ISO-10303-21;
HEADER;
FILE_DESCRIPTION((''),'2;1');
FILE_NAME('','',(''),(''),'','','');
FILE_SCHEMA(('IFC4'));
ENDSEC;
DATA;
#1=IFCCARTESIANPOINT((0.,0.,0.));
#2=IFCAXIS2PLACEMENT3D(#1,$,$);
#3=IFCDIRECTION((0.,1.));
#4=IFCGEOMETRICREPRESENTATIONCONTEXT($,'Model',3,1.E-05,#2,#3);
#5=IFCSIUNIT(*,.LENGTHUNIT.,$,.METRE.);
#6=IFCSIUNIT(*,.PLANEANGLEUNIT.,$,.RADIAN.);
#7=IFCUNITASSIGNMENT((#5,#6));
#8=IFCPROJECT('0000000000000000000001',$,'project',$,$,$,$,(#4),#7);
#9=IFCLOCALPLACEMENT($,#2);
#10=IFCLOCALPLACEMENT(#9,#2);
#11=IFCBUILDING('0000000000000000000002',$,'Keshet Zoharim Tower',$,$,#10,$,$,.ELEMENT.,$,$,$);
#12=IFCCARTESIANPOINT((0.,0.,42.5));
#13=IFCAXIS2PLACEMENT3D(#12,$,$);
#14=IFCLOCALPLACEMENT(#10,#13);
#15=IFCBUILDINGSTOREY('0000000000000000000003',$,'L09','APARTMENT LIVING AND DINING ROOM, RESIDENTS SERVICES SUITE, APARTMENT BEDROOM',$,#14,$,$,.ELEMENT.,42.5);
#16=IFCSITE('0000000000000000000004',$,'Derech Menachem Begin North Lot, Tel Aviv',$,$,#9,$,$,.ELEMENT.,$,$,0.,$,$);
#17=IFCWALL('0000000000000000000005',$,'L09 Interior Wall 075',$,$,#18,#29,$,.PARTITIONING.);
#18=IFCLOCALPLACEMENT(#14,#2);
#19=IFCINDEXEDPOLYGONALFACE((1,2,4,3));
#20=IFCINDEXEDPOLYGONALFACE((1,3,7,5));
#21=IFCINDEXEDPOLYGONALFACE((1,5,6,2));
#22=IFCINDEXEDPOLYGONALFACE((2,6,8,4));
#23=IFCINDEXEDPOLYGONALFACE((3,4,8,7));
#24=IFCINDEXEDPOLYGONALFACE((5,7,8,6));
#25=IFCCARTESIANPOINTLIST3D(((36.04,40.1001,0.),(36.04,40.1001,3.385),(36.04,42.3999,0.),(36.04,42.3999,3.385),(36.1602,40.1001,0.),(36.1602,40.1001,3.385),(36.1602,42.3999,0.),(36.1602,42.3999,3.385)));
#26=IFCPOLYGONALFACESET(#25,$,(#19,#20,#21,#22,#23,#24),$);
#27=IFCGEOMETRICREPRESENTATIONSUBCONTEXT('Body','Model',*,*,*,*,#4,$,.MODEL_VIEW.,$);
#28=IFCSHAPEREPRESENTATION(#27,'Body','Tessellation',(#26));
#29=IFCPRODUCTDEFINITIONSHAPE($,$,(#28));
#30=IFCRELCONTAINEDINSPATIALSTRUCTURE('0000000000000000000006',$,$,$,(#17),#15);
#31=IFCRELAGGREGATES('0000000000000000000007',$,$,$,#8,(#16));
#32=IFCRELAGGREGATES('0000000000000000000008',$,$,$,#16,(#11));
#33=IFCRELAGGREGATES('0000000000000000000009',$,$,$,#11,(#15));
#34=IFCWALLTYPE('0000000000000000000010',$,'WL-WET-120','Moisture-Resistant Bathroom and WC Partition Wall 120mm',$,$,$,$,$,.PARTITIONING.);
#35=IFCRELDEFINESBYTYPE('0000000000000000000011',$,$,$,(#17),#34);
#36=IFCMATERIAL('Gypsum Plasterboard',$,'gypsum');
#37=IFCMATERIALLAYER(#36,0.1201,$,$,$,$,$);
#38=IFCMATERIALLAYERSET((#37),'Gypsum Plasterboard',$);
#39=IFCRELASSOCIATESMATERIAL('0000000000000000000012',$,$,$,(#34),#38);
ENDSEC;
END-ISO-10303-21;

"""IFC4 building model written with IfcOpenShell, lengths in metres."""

from ifc_helpers import new_model, si_unit, direction, frame, frame_2d, origin, place, context, subcontext, project, spatial, rectangle, extrude, material, layer, layer_set, type_object, element, save


model = new_model("IFC4")

# Units and contexts
model_context = context("Model", 3, precision=1e-05, world=origin(), true_north=direction((0.0, 1.0)))
body_context = subcontext(model_context, "Body", "Model", "MODEL_VIEW")
ifc_project = project(units=[si_unit("LENGTHUNIT", "METRE"), si_unit("PLANEANGLEUNIT", "RADIAN")], contexts=[model_context])

# Site, building, storey
site_placement = place(None, origin())
site = spatial("IfcSite", under=ifc_project, at=site_placement, Name="Derech Menachem Begin North Lot, Tel Aviv", CompositionType="ELEMENT", RefElevation=0.0)
building_placement = place(site_placement, origin())
building = spatial("IfcBuilding", under=site, at=building_placement, Name="Keshet Zoharim Tower", CompositionType="ELEMENT")
storey_placement = place(building_placement, frame((0.0, 0.0, 42.5)))
storey = spatial("IfcBuildingStorey", under=building, at=storey_placement, Name="L09", Description="APARTMENT LIVING AND DINING ROOM, RESIDENTS SERVICES SUITE, APARTMENT BEDROOM", CompositionType="ELEMENT", Elevation=42.5)

# Shared definitions
ifc_material_1 = material(Name="Gypsum Plasterboard", Category="gypsum")

# Wall
ifc_layer_1 = layer(ifc_material_1, 0.1201)
ifc_layer_set_1 = layer_set([ifc_layer_1], Name="Gypsum Plasterboard")
wall_type_1 = type_object("IfcWallType", Name="WL-WET-120", Description="Moisture-Resistant Bathroom and WC Partition Wall 120mm", PredefinedType="PARTITIONING", material=ifc_layer_set_1)
wall_1_placement = place(storey_placement, frame((36.1001, 40.1001, 0.0), z_axis=(0.0, 0.0, 1.0), x_axis=(0.0, 1.0, 0.0)))
element("IfcWall", 1, at=wall_1_placement, inside=storey, type_object=wall_type_1, Name="L09 Interior Wall 075", PredefinedType="PARTITIONING", context=body_context, shape_type="SweptSolid", body=[
    extrude(rectangle(XDim=2.2998, YDim=0.1201, at=frame_2d((1.1499, 0.0))), origin(), (0.0, 0.0, 1.0), 3.385),
])

save(model, "model.ifc")
